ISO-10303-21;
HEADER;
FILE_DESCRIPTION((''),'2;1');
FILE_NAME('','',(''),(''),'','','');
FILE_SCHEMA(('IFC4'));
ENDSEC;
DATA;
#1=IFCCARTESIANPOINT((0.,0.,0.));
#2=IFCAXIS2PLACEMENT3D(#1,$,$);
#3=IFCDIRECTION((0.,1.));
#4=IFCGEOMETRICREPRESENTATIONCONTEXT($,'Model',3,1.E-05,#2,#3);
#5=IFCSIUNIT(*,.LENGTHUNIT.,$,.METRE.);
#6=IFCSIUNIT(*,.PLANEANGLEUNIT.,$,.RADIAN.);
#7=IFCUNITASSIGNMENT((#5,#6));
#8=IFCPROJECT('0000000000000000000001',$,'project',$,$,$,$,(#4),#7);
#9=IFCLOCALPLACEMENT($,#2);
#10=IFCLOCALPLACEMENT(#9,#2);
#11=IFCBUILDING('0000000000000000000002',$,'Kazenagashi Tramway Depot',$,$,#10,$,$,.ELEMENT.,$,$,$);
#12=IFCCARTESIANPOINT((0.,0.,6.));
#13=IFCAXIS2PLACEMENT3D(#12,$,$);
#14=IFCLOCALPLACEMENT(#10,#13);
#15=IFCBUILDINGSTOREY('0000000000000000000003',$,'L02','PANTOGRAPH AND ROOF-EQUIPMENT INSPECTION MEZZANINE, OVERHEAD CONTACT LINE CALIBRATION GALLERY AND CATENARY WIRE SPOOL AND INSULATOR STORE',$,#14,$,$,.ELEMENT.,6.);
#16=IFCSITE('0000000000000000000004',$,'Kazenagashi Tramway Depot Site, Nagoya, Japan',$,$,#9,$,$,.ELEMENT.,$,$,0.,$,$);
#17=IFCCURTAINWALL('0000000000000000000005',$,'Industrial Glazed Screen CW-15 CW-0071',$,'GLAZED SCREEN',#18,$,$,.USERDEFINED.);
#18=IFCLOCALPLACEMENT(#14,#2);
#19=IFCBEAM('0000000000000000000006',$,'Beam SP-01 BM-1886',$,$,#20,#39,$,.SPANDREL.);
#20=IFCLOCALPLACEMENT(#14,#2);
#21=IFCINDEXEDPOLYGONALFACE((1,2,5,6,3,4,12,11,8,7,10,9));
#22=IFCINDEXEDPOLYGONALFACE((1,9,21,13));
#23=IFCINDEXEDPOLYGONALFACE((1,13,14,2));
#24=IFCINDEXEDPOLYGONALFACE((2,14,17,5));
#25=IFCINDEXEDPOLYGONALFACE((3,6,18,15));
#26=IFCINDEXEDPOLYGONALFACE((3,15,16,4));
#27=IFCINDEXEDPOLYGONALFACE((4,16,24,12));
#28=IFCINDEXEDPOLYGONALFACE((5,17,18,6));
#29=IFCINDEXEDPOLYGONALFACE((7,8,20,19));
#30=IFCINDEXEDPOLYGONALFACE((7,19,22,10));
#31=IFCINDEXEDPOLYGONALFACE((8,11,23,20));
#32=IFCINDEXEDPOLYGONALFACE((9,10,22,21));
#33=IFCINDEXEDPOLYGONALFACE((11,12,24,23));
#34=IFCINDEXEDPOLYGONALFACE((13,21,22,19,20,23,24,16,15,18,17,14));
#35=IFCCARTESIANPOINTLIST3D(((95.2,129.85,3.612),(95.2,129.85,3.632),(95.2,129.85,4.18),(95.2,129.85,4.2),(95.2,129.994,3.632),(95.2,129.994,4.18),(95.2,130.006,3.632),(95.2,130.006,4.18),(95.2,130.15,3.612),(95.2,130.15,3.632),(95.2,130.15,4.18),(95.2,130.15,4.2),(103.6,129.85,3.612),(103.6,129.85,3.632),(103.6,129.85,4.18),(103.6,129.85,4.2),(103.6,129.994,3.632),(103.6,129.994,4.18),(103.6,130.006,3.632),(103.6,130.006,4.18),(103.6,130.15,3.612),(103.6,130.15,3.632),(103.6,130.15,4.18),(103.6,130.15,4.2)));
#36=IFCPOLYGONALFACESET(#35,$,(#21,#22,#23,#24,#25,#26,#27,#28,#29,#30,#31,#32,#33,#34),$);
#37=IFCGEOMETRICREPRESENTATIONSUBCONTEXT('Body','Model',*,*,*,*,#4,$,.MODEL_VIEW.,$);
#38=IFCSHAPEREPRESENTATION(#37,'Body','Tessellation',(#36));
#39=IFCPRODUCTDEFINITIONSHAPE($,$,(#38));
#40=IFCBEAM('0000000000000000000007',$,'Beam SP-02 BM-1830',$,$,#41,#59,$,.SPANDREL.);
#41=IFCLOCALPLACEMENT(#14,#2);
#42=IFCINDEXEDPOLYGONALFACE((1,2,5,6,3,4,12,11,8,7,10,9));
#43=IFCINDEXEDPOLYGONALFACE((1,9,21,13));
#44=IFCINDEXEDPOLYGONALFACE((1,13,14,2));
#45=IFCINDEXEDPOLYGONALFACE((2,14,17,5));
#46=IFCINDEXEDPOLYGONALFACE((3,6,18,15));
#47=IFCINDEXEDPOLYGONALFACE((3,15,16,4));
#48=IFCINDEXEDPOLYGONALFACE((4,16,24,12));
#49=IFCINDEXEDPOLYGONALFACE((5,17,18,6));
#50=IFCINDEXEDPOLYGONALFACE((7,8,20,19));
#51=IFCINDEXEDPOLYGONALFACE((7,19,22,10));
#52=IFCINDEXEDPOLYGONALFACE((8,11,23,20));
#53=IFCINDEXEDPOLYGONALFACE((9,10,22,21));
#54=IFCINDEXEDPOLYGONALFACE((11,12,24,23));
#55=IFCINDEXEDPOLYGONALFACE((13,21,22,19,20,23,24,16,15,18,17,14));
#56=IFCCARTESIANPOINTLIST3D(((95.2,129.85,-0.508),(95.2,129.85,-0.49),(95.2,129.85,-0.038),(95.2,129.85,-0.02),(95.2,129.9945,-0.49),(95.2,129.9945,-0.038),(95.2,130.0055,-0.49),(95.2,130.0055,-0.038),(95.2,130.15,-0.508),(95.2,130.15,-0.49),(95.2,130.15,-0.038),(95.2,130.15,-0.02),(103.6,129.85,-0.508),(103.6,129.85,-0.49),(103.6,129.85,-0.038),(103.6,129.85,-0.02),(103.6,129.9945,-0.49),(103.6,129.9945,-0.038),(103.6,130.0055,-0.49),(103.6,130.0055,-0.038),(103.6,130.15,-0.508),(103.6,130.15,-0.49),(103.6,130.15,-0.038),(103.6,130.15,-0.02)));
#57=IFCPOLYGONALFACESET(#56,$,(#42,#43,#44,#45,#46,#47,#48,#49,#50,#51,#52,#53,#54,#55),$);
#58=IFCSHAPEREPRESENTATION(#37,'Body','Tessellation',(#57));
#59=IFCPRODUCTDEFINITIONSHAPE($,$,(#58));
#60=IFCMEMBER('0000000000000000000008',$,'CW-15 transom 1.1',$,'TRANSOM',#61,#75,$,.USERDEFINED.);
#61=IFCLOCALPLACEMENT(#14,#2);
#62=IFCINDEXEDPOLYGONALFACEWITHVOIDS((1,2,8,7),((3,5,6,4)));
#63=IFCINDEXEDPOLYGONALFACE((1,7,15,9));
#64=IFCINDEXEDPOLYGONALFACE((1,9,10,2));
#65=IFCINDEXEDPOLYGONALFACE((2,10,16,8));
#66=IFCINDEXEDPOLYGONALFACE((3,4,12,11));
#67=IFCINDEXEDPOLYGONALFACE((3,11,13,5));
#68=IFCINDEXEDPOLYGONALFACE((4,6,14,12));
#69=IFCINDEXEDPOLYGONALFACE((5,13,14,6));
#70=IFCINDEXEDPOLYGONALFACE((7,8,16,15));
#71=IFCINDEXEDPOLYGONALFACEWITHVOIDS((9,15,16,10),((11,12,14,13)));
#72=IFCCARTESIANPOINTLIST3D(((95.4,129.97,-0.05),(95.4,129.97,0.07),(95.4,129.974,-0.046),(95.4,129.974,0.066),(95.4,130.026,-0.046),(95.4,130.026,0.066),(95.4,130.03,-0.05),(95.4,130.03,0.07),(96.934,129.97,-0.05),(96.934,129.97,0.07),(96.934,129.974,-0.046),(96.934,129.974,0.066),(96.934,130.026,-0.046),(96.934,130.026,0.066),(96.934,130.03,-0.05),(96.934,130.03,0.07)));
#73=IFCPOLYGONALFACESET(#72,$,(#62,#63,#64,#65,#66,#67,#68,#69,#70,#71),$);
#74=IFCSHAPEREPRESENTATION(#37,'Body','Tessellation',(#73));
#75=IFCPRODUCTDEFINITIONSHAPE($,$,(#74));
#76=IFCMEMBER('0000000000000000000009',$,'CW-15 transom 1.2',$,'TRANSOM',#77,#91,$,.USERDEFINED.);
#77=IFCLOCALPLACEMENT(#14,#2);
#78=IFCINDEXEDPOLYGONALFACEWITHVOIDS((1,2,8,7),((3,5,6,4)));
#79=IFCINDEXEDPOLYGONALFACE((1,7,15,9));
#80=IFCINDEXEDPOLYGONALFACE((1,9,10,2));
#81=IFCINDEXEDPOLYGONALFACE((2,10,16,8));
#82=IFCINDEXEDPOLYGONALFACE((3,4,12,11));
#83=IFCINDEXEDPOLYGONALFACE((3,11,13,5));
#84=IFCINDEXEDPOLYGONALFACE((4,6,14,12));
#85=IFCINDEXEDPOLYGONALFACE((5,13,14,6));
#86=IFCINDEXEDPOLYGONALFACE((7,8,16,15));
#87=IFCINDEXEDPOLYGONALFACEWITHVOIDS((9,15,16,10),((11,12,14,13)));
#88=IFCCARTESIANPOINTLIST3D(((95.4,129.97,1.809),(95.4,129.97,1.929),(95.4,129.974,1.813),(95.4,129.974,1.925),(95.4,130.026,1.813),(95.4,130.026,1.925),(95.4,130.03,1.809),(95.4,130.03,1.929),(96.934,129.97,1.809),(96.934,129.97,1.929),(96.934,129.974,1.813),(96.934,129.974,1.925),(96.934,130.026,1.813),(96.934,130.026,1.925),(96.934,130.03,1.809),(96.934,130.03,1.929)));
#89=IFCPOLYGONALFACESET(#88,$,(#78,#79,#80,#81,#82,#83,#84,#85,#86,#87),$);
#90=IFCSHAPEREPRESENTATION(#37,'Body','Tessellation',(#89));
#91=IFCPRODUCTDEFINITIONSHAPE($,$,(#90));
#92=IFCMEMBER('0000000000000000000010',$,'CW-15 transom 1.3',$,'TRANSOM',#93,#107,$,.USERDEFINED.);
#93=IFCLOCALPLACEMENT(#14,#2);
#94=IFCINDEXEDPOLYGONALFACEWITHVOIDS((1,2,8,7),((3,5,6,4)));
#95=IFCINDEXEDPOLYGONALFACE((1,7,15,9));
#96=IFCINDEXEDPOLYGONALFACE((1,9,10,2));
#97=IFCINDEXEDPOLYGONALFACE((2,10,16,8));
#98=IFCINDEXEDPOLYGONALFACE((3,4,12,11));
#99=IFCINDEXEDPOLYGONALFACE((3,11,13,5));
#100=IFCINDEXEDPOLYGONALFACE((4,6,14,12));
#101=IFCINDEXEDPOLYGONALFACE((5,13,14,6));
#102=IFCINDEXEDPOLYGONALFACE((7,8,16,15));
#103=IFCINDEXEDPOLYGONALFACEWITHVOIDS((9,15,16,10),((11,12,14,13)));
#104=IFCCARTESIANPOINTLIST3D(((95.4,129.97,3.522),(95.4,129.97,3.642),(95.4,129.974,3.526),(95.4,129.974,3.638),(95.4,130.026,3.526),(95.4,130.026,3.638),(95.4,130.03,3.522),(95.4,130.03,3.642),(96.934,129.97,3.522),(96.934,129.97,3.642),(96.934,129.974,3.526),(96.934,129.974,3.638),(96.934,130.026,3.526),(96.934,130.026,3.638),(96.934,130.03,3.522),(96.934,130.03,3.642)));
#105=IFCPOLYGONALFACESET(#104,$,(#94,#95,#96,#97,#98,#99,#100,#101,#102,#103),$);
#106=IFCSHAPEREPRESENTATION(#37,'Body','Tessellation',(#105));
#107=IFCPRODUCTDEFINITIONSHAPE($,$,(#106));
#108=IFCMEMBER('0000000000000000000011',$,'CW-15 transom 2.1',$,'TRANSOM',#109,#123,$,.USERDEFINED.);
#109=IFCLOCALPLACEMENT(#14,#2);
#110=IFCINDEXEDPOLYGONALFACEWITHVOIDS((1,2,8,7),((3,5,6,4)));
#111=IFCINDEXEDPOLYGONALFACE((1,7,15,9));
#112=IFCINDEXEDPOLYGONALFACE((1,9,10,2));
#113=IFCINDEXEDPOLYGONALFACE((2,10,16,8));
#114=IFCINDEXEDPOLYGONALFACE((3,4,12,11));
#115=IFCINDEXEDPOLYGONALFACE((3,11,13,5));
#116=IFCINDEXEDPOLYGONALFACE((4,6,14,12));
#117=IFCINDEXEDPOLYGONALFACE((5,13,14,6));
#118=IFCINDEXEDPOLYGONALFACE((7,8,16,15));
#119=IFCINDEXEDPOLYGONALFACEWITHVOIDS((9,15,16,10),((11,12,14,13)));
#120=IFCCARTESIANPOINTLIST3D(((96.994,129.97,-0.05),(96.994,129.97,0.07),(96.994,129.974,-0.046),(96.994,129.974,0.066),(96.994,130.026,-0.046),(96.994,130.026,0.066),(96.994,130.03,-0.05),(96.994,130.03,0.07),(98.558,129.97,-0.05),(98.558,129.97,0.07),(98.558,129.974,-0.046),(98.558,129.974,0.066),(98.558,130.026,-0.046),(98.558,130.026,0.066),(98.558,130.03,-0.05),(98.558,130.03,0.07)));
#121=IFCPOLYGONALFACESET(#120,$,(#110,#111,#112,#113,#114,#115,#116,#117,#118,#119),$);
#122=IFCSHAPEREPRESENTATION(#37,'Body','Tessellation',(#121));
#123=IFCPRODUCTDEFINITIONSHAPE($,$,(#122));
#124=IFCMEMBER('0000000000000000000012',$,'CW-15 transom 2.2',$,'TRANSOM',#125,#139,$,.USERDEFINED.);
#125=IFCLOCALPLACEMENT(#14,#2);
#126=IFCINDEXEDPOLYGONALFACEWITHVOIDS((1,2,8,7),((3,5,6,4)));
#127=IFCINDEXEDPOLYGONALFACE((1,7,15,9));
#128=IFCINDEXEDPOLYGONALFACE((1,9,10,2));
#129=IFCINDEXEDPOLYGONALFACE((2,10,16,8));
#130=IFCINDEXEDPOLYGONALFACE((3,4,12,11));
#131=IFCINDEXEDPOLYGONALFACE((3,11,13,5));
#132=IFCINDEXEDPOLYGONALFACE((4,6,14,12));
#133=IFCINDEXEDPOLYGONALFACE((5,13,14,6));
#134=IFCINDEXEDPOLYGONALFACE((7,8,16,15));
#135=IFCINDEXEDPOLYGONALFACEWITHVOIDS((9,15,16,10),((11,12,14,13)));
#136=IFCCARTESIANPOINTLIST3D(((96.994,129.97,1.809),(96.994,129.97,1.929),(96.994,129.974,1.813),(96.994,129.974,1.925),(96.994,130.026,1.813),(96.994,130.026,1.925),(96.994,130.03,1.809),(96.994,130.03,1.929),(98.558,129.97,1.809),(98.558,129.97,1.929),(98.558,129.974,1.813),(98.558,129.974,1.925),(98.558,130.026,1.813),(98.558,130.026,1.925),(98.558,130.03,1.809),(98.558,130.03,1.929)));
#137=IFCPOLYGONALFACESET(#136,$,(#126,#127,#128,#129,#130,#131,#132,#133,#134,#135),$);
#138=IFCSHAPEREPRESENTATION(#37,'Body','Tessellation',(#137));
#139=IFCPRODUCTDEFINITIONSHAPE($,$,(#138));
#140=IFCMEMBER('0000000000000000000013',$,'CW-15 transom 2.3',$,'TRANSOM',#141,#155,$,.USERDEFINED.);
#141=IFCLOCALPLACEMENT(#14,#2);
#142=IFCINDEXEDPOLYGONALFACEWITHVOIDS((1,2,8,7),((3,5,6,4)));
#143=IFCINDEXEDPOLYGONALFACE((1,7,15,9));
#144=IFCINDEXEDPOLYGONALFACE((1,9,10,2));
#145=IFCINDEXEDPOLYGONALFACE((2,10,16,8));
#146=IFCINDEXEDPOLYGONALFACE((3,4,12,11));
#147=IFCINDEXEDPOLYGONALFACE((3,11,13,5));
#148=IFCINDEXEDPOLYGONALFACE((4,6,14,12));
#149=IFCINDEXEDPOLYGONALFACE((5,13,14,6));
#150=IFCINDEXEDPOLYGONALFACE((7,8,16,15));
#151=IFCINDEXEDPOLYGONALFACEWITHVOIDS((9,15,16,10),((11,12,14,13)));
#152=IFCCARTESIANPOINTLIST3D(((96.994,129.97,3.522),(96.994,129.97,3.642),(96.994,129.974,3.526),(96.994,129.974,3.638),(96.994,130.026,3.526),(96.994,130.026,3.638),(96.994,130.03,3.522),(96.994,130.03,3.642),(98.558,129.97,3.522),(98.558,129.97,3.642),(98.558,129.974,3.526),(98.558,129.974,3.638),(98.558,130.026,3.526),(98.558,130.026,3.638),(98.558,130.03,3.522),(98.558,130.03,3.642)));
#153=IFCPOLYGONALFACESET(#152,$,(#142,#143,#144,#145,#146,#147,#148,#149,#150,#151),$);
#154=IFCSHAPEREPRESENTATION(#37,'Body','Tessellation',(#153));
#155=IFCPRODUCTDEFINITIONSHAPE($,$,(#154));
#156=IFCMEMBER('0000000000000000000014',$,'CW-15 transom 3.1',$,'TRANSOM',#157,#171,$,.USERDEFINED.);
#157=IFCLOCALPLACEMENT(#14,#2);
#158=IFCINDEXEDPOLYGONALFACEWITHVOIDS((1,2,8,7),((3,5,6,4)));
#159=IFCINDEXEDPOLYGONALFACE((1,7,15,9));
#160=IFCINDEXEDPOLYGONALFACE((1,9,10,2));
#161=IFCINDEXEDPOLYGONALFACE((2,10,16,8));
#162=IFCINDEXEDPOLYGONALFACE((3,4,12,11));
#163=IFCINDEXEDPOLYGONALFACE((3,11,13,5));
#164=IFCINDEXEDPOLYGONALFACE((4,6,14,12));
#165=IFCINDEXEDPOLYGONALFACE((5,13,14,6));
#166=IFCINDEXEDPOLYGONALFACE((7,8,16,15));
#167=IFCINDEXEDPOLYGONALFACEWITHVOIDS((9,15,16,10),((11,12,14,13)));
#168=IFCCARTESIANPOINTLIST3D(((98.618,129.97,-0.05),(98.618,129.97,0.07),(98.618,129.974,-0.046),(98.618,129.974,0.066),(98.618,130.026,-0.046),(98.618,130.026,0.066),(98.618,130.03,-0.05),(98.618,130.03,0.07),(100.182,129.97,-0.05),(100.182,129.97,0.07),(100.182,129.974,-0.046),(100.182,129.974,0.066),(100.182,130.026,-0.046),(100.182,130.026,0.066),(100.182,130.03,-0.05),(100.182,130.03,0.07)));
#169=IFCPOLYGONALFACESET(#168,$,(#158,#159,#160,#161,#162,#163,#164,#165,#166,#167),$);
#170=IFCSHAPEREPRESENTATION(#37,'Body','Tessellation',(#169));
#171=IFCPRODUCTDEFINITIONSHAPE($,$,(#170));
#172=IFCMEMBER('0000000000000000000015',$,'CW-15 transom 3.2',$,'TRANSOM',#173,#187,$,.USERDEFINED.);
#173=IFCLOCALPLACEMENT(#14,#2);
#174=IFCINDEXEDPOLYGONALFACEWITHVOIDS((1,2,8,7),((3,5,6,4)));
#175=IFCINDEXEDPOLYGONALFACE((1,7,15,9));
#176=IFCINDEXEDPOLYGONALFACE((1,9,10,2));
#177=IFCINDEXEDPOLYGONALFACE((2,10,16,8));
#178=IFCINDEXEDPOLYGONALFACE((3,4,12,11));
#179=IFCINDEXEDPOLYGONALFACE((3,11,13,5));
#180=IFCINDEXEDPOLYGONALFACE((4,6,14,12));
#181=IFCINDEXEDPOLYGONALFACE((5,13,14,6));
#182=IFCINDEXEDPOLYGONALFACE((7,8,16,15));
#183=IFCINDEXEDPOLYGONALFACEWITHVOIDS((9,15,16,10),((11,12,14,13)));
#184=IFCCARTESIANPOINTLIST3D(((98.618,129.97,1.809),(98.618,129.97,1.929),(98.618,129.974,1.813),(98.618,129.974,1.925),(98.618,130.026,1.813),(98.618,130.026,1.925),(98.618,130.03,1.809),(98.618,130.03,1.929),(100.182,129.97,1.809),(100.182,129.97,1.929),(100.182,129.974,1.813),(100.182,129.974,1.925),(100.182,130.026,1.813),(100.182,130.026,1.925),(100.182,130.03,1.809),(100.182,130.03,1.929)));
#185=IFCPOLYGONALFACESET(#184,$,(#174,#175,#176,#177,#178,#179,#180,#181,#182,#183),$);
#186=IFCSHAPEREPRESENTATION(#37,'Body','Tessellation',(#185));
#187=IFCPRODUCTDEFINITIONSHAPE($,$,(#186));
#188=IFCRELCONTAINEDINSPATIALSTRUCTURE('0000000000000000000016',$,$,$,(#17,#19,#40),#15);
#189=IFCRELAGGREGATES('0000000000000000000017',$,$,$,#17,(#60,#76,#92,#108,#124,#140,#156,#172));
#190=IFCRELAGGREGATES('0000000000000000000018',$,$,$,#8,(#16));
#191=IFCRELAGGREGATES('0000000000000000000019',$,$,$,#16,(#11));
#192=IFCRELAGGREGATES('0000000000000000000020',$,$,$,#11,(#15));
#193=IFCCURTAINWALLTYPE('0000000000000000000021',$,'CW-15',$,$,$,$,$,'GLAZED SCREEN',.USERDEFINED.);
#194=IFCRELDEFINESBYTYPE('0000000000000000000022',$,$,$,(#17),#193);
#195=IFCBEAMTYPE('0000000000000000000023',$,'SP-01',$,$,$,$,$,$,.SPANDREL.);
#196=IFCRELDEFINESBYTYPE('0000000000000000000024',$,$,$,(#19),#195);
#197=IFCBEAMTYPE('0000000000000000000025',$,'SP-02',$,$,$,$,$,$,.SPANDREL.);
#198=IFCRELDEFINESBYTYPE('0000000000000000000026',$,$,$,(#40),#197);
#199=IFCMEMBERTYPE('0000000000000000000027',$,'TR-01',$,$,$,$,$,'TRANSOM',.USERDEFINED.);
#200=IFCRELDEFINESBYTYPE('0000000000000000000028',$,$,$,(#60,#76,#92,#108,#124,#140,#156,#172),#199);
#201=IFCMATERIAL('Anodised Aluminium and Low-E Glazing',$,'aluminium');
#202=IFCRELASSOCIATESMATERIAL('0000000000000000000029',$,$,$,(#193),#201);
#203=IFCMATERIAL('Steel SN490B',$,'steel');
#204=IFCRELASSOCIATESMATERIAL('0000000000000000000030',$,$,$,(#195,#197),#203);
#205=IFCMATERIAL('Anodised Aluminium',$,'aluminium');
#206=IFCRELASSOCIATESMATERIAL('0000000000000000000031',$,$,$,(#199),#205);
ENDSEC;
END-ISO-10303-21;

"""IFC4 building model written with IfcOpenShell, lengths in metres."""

from ifc_helpers import new_model, si_unit, direction, frame, origin, origin_2d, place, context, subcontext, project, spatial, hollow_rectangle, i_section, extrude, material, material_profile, profile_set, type_object, element, aggregate, save


model = new_model("IFC4")

# Units and contexts
model_context = context("Model", 3, precision=1e-05, world=origin(), true_north=direction((0.0, 1.0)))
body_context = subcontext(model_context, "Body", "Model", "MODEL_VIEW")
ifc_project = project(units=[si_unit("LENGTHUNIT", "METRE"), si_unit("PLANEANGLEUNIT", "RADIAN")], contexts=[model_context])

# Site, building, storey
site_placement = place(None, origin())
site = spatial("IfcSite", under=ifc_project, at=site_placement, Name="Kazenagashi Tramway Depot Site, Nagoya, Japan", CompositionType="ELEMENT", RefElevation=0.0)
building_placement = place(site_placement, origin())
building = spatial("IfcBuilding", under=site, at=building_placement, Name="Kazenagashi Tramway Depot", CompositionType="ELEMENT")
storey_placement = place(building_placement, frame((0.0, 0.0, 6.0)))
storey = spatial("IfcBuildingStorey", under=building, at=storey_placement, Name="L02", Description="PANTOGRAPH AND ROOF-EQUIPMENT INSPECTION MEZZANINE, OVERHEAD CONTACT LINE CALIBRATION GALLERY AND CATENARY WIRE SPOOL AND INSULATOR STORE", CompositionType="ELEMENT", Elevation=6.0)

# Shared definitions
ifc_material_1 = material(Name="Steel SN490B", Category="steel")

# Curtain wall
ifc_material_2 = material(Name="Anodised Aluminium and Low-E Glazing", Category="aluminium")
curtain_wall_type = type_object("IfcCurtainWallType", Name="CW-15", ElementType="GLAZED SCREEN", PredefinedType="USERDEFINED", material=ifc_material_2)
curtain_wall_placement = place(storey_placement, origin())
curtain_wall = element("IfcCurtainWall", 1, at=curtain_wall_placement, inside=storey, type_object=curtain_wall_type, Name="Industrial Glazed Screen CW-15 CW-0071", ObjectType="GLAZED SCREEN", PredefinedType="USERDEFINED")
ifc_material_3 = material(Name="Anodised Aluminium", Category="aluminium")

# Beams
ifc_material_profile_1 = material_profile(ifc_material_1, i_section(OverallWidth=0.3, OverallDepth=0.588, WebThickness=0.012, FlangeThickness=0.02, at=origin_2d()), Name="H-588x300x12x20")
ifc_profile_set_1 = profile_set([ifc_material_profile_1], Name="Steel SN490B")
beam_type_1 = type_object("IfcBeamType", Name="SP-01", PredefinedType="SPANDREL", material=ifc_profile_set_1)
for number, where, z_axis, x_axis, name in (
    (2, (95.2, 130.0, 3.906), (1.0, 0.0, 0.0), (0.0, 1.0, 0.0), "Beam SP-01 BM-1886"),
):
    element("IfcBeam", number, at=place(storey_placement, frame(where, z_axis=z_axis, x_axis=x_axis)), inside=storey, type_object=beam_type_1, Name=name, PredefinedType="SPANDREL", context=body_context, shape_type="SweptSolid", body=[
        extrude(i_section(OverallWidth=0.3, OverallDepth=0.588, WebThickness=0.012, FlangeThickness=0.02, at=origin_2d()), origin(), (0.0, 0.0, 1.0), 8.4),
    ])
ifc_material_profile_2 = material_profile(ifc_material_1, i_section(OverallWidth=0.3, OverallDepth=0.488, WebThickness=0.011, FlangeThickness=0.018, at=origin_2d()), Name="H-488x300x11x18")
ifc_profile_set_2 = profile_set([ifc_material_profile_2], Name="Steel SN490B")
beam_type_2 = type_object("IfcBeamType", Name="SP-02", PredefinedType="SPANDREL", material=ifc_profile_set_2)
beam_placement = place(storey_placement, frame((95.2, 130.0, -0.264), z_axis=(1.0, 0.0, 0.0), x_axis=(0.0, 1.0, 0.0)))
element("IfcBeam", 3, at=beam_placement, inside=storey, type_object=beam_type_2, Name="Beam SP-02 BM-1830", PredefinedType="SPANDREL", context=body_context, shape_type="SweptSolid", body=[
    extrude(i_section(OverallWidth=0.3, OverallDepth=0.488, WebThickness=0.011, FlangeThickness=0.018, at=origin_2d()), origin(), (0.0, 0.0, 1.0), 8.4),
])

# Members
ifc_material_profile_3 = material_profile(ifc_material_3, hollow_rectangle(XDim=0.06, YDim=0.12, WallThickness=0.004, at=origin_2d()), Name="RHS-120x60x4")
ifc_profile_set_3 = profile_set([ifc_material_profile_3], Name="Anodised Aluminium")
member_type_1 = type_object("IfcMemberType", Name="TR-01", ElementType="TRANSOM", PredefinedType="USERDEFINED", material=ifc_profile_set_3)
member_1_placement = place(storey_placement, frame((95.4, 130.0, 0.01), z_axis=(1.0, 0.0, 0.0), x_axis=(0.0, 1.0, 0.0)))
member_1 = element("IfcMember", 4, at=member_1_placement, type_object=member_type_1, Name="CW-15 transom 1.1", ObjectType="TRANSOM", PredefinedType="USERDEFINED", context=body_context, shape_type="SweptSolid", body=[
    extrude(hollow_rectangle(XDim=0.06, YDim=0.12, WallThickness=0.004, at=origin_2d()), origin(), (0.0, 0.0, 1.0), 1.534),
])
member_2_placement = place(storey_placement, frame((95.4, 130.0, 1.869), z_axis=(1.0, 0.0, 0.0), x_axis=(0.0, 1.0, 0.0)))
member_2 = element("IfcMember", 5, at=member_2_placement, type_object=member_type_1, Name="CW-15 transom 1.2", ObjectType="TRANSOM", PredefinedType="USERDEFINED", context=body_context, shape_type="SweptSolid", body=[
    extrude(hollow_rectangle(XDim=0.06, YDim=0.12, WallThickness=0.004, at=origin_2d()), origin(), (0.0, 0.0, 1.0), 1.534),
])
member_3_placement = place(storey_placement, frame((95.4, 130.0, 3.582), z_axis=(1.0, 0.0, 0.0), x_axis=(0.0, 1.0, 0.0)))
member_3 = element("IfcMember", 6, at=member_3_placement, type_object=member_type_1, Name="CW-15 transom 1.3", ObjectType="TRANSOM", PredefinedType="USERDEFINED", context=body_context, shape_type="SweptSolid", body=[
    extrude(hollow_rectangle(XDim=0.06, YDim=0.12, WallThickness=0.004, at=origin_2d()), origin(), (0.0, 0.0, 1.0), 1.534),
])
member_4_placement = place(storey_placement, frame((96.994, 130.0, 0.01), z_axis=(1.0, 0.0, 0.0), x_axis=(0.0, 1.0, 0.0)))
member_4 = element("IfcMember", 7, at=member_4_placement, type_object=member_type_1, Name="CW-15 transom 2.1", ObjectType="TRANSOM", PredefinedType="USERDEFINED", context=body_context, shape_type="SweptSolid", body=[
    extrude(hollow_rectangle(XDim=0.06, YDim=0.12, WallThickness=0.004, at=origin_2d()), origin(), (0.0, 0.0, 1.0), 1.564),
])
member_5_placement = place(storey_placement, frame((96.994, 130.0, 1.869), z_axis=(1.0, 0.0, 0.0), x_axis=(0.0, 1.0, 0.0)))
member_5 = element("IfcMember", 8, at=member_5_placement, type_object=member_type_1, Name="CW-15 transom 2.2", ObjectType="TRANSOM", PredefinedType="USERDEFINED", context=body_context, shape_type="SweptSolid", body=[
    extrude(hollow_rectangle(XDim=0.06, YDim=0.12, WallThickness=0.004, at=origin_2d()), origin(), (0.0, 0.0, 1.0), 1.564),
])
member_6_placement = place(storey_placement, frame((96.994, 130.0, 3.582), z_axis=(1.0, 0.0, 0.0), x_axis=(0.0, 1.0, 0.0)))
member_6 = element("IfcMember", 9, at=member_6_placement, type_object=member_type_1, Name="CW-15 transom 2.3", ObjectType="TRANSOM", PredefinedType="USERDEFINED", context=body_context, shape_type="SweptSolid", body=[
    extrude(hollow_rectangle(XDim=0.06, YDim=0.12, WallThickness=0.004, at=origin_2d()), origin(), (0.0, 0.0, 1.0), 1.564),
])
member_7_placement = place(storey_placement, frame((98.618, 130.0, 0.01), z_axis=(1.0, 0.0, 0.0), x_axis=(0.0, 1.0, 0.0)))
member_7 = element("IfcMember", 10, at=member_7_placement, type_object=member_type_1, Name="CW-15 transom 3.1", ObjectType="TRANSOM", PredefinedType="USERDEFINED", context=body_context, shape_type="SweptSolid", body=[
    extrude(hollow_rectangle(XDim=0.06, YDim=0.12, WallThickness=0.004, at=origin_2d()), origin(), (0.0, 0.0, 1.0), 1.564),
])
member_8_placement = place(storey_placement, frame((98.618, 130.0, 1.869), z_axis=(1.0, 0.0, 0.0), x_axis=(0.0, 1.0, 0.0)))
member_8 = element("IfcMember", 11, at=member_8_placement, type_object=member_type_1, Name="CW-15 transom 3.2", ObjectType="TRANSOM", PredefinedType="USERDEFINED", context=body_context, shape_type="SweptSolid", body=[
    extrude(hollow_rectangle(XDim=0.06, YDim=0.12, WallThickness=0.004, at=origin_2d()), origin(), (0.0, 0.0, 1.0), 1.564),
])

aggregate(curtain_wall, [member_1, member_2, member_3, member_4, member_5, member_6, member_7, member_8])

save(model, "model.ifc")
